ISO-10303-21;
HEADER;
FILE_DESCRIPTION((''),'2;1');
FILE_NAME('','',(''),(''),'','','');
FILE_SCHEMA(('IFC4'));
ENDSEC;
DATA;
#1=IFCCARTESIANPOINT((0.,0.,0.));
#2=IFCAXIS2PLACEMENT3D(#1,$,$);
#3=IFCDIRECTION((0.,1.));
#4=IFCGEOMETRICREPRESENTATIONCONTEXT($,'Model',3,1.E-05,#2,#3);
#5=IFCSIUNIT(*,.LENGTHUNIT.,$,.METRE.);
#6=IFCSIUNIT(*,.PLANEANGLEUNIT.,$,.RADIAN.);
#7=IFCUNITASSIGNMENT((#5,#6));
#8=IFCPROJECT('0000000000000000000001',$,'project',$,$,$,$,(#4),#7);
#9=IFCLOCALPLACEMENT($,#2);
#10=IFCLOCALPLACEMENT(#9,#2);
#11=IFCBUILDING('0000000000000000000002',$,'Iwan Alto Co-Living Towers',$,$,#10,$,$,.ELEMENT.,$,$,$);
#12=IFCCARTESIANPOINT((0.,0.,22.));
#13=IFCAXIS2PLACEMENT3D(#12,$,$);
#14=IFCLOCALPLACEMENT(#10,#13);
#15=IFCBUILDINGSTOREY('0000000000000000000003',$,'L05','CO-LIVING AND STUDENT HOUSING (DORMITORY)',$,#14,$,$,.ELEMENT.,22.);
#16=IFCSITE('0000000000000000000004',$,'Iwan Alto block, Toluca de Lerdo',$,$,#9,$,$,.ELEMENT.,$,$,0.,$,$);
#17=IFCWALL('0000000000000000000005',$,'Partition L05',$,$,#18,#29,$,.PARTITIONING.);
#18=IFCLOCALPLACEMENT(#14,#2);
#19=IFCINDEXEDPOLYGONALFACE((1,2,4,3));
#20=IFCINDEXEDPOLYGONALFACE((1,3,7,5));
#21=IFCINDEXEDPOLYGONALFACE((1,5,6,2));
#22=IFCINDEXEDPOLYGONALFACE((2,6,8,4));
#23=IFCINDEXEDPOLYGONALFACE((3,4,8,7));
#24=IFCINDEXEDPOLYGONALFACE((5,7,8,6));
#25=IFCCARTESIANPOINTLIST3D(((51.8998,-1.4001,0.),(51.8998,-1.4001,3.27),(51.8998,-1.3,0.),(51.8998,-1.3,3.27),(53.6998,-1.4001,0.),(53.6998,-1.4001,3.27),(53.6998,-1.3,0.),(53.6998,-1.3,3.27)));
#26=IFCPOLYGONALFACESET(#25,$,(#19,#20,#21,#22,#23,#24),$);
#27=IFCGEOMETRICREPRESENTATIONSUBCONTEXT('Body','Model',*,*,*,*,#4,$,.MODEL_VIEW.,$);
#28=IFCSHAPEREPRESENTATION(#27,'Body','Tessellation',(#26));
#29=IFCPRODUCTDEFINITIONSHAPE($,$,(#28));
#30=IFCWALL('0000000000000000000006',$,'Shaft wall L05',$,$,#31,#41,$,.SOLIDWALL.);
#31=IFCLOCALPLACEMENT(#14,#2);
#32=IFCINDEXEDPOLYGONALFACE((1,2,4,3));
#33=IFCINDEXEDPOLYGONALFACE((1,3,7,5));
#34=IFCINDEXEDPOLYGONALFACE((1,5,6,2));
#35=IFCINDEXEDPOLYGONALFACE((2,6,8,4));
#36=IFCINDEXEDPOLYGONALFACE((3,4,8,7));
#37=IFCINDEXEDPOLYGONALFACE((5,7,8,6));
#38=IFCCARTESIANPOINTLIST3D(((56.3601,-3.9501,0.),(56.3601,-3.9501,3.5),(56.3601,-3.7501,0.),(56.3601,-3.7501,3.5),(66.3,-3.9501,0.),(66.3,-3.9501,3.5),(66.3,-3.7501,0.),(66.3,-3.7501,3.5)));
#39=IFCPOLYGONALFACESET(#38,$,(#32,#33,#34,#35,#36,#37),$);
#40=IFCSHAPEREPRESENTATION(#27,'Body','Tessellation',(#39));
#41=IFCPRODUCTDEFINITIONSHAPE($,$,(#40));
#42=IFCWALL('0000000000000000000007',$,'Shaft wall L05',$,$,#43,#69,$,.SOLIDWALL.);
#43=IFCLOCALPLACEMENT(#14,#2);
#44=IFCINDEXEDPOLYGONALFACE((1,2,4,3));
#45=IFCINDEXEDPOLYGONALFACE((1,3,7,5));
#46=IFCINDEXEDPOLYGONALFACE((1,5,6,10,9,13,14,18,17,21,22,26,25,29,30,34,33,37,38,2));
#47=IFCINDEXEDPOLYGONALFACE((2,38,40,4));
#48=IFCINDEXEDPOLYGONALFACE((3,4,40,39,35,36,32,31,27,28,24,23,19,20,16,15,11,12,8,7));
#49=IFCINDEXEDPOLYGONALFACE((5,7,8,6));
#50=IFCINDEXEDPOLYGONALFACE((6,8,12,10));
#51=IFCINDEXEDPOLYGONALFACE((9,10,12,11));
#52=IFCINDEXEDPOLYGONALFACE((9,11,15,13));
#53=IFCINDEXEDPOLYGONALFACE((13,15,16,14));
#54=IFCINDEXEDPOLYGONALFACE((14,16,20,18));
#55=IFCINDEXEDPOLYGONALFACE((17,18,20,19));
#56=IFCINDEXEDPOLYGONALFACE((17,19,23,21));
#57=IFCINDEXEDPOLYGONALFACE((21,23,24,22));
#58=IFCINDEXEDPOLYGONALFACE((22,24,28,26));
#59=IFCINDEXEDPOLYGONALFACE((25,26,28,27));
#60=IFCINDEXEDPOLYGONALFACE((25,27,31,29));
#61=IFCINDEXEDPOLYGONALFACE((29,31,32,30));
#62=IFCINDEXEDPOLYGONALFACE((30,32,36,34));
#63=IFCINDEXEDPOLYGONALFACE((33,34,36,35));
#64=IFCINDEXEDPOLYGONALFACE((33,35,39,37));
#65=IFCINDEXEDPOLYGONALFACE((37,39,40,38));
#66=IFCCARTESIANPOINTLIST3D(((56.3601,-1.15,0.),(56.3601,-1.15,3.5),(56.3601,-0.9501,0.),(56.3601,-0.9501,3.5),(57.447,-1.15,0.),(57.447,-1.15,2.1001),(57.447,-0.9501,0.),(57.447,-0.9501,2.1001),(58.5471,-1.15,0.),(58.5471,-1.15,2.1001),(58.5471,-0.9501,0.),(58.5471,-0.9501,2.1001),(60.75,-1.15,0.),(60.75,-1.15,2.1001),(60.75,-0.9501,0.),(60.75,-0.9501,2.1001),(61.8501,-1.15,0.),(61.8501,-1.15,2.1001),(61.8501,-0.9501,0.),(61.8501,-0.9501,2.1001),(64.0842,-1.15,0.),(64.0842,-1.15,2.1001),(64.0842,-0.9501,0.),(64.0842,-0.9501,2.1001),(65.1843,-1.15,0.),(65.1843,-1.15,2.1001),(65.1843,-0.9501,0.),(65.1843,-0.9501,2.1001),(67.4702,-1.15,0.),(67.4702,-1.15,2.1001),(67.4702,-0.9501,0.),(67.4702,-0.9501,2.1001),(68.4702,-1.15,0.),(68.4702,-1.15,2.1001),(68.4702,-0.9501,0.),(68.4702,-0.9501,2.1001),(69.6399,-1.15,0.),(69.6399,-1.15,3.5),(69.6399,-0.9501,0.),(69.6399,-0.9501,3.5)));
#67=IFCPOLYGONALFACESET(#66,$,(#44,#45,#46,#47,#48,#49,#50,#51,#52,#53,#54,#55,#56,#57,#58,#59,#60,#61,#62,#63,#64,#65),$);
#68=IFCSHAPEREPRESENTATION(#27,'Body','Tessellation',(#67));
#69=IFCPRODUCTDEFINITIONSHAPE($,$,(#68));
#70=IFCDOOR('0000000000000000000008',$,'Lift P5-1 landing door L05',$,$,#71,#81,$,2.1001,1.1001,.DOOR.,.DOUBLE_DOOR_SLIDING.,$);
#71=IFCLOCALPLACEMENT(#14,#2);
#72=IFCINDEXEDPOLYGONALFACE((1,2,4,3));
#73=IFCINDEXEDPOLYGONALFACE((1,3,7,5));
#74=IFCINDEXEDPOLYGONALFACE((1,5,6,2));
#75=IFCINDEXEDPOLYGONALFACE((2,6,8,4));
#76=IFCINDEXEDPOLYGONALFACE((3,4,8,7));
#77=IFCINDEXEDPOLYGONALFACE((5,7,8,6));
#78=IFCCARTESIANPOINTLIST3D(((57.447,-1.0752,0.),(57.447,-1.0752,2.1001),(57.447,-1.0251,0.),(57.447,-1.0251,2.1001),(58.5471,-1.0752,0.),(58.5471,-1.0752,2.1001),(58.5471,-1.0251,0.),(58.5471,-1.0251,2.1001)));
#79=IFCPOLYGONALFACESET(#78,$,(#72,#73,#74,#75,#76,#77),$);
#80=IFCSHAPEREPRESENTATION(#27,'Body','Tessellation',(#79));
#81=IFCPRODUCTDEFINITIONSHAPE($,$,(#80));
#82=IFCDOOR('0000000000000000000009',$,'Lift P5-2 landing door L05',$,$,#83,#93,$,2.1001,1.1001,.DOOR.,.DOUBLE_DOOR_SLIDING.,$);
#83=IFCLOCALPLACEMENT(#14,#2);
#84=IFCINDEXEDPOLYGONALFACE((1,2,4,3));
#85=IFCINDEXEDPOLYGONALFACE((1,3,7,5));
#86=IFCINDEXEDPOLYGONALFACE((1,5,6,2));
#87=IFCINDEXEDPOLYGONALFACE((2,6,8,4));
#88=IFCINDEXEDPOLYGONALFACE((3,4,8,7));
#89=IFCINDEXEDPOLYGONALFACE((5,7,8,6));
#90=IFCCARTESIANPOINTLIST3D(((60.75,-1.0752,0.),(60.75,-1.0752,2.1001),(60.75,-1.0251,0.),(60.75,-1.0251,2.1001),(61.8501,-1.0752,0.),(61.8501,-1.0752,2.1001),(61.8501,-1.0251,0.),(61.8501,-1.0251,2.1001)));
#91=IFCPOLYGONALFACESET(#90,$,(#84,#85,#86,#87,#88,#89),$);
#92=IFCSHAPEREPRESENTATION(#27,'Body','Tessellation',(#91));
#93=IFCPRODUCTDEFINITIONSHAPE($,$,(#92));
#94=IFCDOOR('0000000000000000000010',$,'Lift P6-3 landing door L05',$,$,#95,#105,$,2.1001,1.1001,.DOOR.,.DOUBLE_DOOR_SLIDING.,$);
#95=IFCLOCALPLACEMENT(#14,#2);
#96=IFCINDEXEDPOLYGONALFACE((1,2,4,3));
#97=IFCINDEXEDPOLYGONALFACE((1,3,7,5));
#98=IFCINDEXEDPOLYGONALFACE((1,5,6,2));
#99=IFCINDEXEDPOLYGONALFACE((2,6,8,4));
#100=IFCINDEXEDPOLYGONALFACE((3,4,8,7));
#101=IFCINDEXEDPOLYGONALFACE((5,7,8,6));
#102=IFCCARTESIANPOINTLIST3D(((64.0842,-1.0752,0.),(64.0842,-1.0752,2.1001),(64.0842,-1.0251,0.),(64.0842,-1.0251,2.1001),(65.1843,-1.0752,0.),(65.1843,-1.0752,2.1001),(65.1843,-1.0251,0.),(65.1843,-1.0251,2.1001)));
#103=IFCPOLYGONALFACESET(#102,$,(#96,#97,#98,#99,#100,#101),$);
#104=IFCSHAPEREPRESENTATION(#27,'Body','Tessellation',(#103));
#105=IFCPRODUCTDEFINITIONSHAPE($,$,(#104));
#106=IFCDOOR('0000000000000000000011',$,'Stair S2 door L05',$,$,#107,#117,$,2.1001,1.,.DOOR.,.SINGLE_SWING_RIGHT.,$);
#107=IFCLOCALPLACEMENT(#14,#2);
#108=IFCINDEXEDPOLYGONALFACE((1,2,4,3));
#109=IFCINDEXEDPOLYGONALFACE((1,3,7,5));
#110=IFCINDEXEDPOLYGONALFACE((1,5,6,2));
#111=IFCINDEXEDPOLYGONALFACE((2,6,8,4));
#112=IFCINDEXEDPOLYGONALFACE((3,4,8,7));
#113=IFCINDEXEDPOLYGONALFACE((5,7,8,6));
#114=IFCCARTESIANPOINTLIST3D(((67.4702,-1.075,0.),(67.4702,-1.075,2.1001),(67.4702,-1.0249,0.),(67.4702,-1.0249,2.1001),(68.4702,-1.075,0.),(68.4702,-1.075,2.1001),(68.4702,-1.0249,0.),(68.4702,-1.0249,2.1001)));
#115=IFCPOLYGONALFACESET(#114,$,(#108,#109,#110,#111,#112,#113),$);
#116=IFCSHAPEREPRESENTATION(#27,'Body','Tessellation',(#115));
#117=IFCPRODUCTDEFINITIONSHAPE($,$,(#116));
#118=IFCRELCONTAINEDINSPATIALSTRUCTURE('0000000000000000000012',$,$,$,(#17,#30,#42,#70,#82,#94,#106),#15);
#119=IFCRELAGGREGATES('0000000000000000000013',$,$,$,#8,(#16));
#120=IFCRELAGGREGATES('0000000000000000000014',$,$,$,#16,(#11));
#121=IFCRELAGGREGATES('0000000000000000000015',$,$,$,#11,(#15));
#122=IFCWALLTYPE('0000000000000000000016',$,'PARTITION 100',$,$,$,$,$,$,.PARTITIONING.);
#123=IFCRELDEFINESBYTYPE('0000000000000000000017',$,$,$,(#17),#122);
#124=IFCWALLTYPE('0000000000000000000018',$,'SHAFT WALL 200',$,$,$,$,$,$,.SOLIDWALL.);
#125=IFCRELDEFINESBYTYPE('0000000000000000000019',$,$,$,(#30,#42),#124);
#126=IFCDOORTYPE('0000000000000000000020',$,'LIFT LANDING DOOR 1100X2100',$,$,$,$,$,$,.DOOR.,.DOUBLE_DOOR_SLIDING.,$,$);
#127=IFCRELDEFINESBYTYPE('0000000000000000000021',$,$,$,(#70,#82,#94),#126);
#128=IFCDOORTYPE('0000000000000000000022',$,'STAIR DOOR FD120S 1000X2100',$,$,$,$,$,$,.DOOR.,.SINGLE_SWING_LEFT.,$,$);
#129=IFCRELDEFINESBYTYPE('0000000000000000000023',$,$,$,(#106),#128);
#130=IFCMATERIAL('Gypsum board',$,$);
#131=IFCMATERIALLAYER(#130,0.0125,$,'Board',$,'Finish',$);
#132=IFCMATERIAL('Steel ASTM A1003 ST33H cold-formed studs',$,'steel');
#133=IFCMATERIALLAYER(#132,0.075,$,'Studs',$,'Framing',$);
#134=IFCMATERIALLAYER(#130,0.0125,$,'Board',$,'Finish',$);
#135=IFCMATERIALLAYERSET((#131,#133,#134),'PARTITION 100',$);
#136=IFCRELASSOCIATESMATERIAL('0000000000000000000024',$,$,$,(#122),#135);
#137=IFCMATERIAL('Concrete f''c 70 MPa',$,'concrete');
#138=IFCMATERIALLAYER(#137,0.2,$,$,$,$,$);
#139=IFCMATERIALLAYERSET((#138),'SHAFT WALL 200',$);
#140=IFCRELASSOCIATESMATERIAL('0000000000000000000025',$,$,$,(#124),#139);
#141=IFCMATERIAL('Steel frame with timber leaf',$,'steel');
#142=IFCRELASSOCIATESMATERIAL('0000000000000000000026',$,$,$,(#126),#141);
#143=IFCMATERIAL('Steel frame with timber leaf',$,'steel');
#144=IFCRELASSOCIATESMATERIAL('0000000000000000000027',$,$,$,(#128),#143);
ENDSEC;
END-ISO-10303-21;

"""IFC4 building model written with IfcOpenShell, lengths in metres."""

from ifc_helpers import new_model, si_unit, direction, frame, frame_2d, origin, place, context, subcontext, project, spatial, rectangle, extrude, material, layer, layer_set, type_object, element, fill, save


model = new_model("IFC4")

# Units and contexts
model_context = context("Model", 3, precision=1e-05, world=origin(), true_north=direction((0.0, 1.0)))
body_context = subcontext(model_context, "Body", "Model", "MODEL_VIEW")
ifc_project = project(units=[si_unit("LENGTHUNIT", "METRE"), si_unit("PLANEANGLEUNIT", "RADIAN")], contexts=[model_context])

# Site, building, storey
site_placement = place(None, origin())
site = spatial("IfcSite", under=ifc_project, at=site_placement, Name="Iwan Alto block, Toluca de Lerdo", CompositionType="ELEMENT", RefElevation=0.0)
building_placement = place(site_placement, origin())
building = spatial("IfcBuilding", under=site, at=building_placement, Name="Iwan Alto Co-Living Towers", CompositionType="ELEMENT")
storey_placement = place(building_placement, frame((0.0, 0.0, 22.0)))
storey = spatial("IfcBuildingStorey", under=building, at=storey_placement, Name="L05", Description="CO-LIVING AND STUDENT HOUSING (DORMITORY)", CompositionType="ELEMENT", Elevation=22.0)

# Walls
ifc_material_1 = material(Name="Gypsum board")
ifc_layer_1 = layer(ifc_material_1, 0.0125, Name="Board", Category="Finish")
ifc_material_2 = material(Name="Steel ASTM A1003 ST33H cold-formed studs", Category="steel")
ifc_layer_2 = layer(ifc_material_2, 0.075, Name="Studs", Category="Framing")
ifc_layer_3 = layer(ifc_material_1, 0.0125, Name="Board", Category="Finish")
ifc_layer_set_1 = layer_set([ifc_layer_1, ifc_layer_2, ifc_layer_3], Name="PARTITION 100")
wall_type_1 = type_object("IfcWallType", Name="PARTITION 100", PredefinedType="PARTITIONING", material=ifc_layer_set_1)
wall_1_placement = place(storey_placement, frame((51.8999, -1.3501, 0.0), z_axis=(0.0, 0.0, 1.0), x_axis=(1.0, 0.0, 0.0)))
element("IfcWall", 1, at=wall_1_placement, inside=storey, type_object=wall_type_1, Name="Partition L05", PredefinedType="PARTITIONING", context=body_context, shape_type="SweptSolid", body=[
    extrude(rectangle(XDim=1.8, YDim=0.1001, at=frame_2d((0.8999, 0.0))), origin(), (0.0, 0.0, 1.0), 3.27),
])
ifc_material_3 = material(Name="Concrete f'c 70 MPa", Category="concrete")
ifc_layer_4 = layer(ifc_material_3, 0.2)
ifc_layer_set_2 = layer_set([ifc_layer_4], Name="SHAFT WALL 200")
wall_type_2 = type_object("IfcWallType", Name="SHAFT WALL 200", PredefinedType="SOLIDWALL", material=ifc_layer_set_2)
wall_2_placement = place(storey_placement, frame((56.3601, -3.8501, 0.0), z_axis=(0.0, 0.0, 1.0), x_axis=(1.0, 0.0, 0.0)))
element("IfcWall", 2, at=wall_2_placement, inside=storey, type_object=wall_type_2, Name="Shaft wall L05", PredefinedType="SOLIDWALL", context=body_context, shape_type="SweptSolid", body=[
    extrude(rectangle(XDim=9.9399, YDim=0.2, at=frame_2d((4.97, 0.0))), origin(), (0.0, 0.0, 1.0), 3.5),
])

# Wall, openings, doors
wall_3_placement = place(storey_placement, frame((56.3601, -1.05, 0.0), z_axis=(0.0, 0.0, 1.0), x_axis=(1.0, 0.0, 0.0)))
wall_3 = element("IfcWall", 3, at=wall_3_placement, inside=storey, type_object=wall_type_2, Name="Shaft wall L05", PredefinedType="SOLIDWALL", context=body_context, shape_type="SweptSolid", body=[
    extrude(rectangle(XDim=13.2798, YDim=0.2, at=frame_2d((6.6399, 0.0))), origin(), (0.0, 0.0, 1.0), 3.5),
])
opening_1_placement = place(wall_3_placement, frame((11.1101, 0.0, 0.0)))
opening_1 = element("IfcOpeningElement", 4, at=opening_1_placement, cuts=wall_3, PredefinedType="OPENING", context=body_context, shape_type="SweptSolid", body=[
    extrude(rectangle(XDim=1.0, YDim=2.1001, at=frame_2d((0.5, 1.05))), frame((0.0, 0.1099, 0.0), z_axis=(0.0, -1.0, 0.0), x_axis=(1.0, 0.0, 0.0)), (0.0, 0.0, 1.0), 0.22),
])
opening_2_placement = place(wall_3_placement, frame((1.0869, 0.0, 0.0)))
opening_2 = element("IfcOpeningElement", 5, at=opening_2_placement, cuts=wall_3, PredefinedType="OPENING", context=body_context, shape_type="SweptSolid", body=[
    extrude(rectangle(XDim=1.1001, YDim=2.1001, at=frame_2d((0.55, 1.05))), frame((0.0, 0.1099, 0.0), z_axis=(0.0, -1.0, 0.0), x_axis=(1.0, 0.0, 0.0)), (0.0, 0.0, 1.0), 0.22),
])
opening_3_placement = place(wall_3_placement, frame((4.3899, 0.0, 0.0)))
opening_3 = element("IfcOpeningElement", 6, at=opening_3_placement, cuts=wall_3, PredefinedType="OPENING", context=body_context, shape_type="SweptSolid", body=[
    extrude(rectangle(XDim=1.1001, YDim=2.1001, at=frame_2d((0.55, 1.05))), frame((0.0, 0.1099, 0.0), z_axis=(0.0, -1.0, 0.0), x_axis=(1.0, 0.0, 0.0)), (0.0, 0.0, 1.0), 0.22),
])
opening_4_placement = place(wall_3_placement, frame((7.7241, 0.0, 0.0)))
opening_4 = element("IfcOpeningElement", 7, at=opening_4_placement, cuts=wall_3, PredefinedType="OPENING", context=body_context, shape_type="SweptSolid", body=[
    extrude(rectangle(XDim=1.1001, YDim=2.1001, at=frame_2d((0.55, 1.05))), frame((0.0, 0.1099, 0.0), z_axis=(0.0, -1.0, 0.0), x_axis=(1.0, 0.0, 0.0)), (0.0, 0.0, 1.0), 0.22),
])
ifc_material_4 = material(Name="Steel frame with timber leaf", Category="steel")
door_type_1 = type_object("IfcDoorType", Name="LIFT LANDING DOOR 1100X2100", OperationType="DOUBLE_DOOR_SLIDING", PredefinedType="DOOR", material=ifc_material_4)
door_1_placement = place(opening_2_placement, origin())
door_1 = element("IfcDoor", 8, at=door_1_placement, inside=storey, type_object=door_type_1, Name="Lift P5-1 landing door L05", OperationType="DOUBLE_DOOR_SLIDING", OverallHeight=2.1001, OverallWidth=1.1001, PredefinedType="DOOR", context=body_context, shape_type="SweptSolid", body=[
    extrude(rectangle(XDim=1.1001, YDim=2.1001, at=frame_2d((0.55, 1.05))), frame((0.0, 0.0249, 0.0), z_axis=(0.0, -1.0, 0.0), x_axis=(1.0, 0.0, 0.0)), (0.0, 0.0, 1.0), 0.05),
])
fill(opening_2, door_1)
door_2_placement = place(opening_3_placement, origin())
door_2 = element("IfcDoor", 9, at=door_2_placement, inside=storey, type_object=door_type_1, Name="Lift P5-2 landing door L05", OperationType="DOUBLE_DOOR_SLIDING", OverallHeight=2.1001, OverallWidth=1.1001, PredefinedType="DOOR", context=body_context, shape_type="SweptSolid", body=[
    extrude(rectangle(XDim=1.1001, YDim=2.1001, at=frame_2d((0.55, 1.05))), frame((0.0, 0.0249, 0.0), z_axis=(0.0, -1.0, 0.0), x_axis=(1.0, 0.0, 0.0)), (0.0, 0.0, 1.0), 0.05),
])
fill(opening_3, door_2)
door_3_placement = place(opening_4_placement, origin())
door_3 = element("IfcDoor", 10, at=door_3_placement, inside=storey, type_object=door_type_1, Name="Lift P6-3 landing door L05", OperationType="DOUBLE_DOOR_SLIDING", OverallHeight=2.1001, OverallWidth=1.1001, PredefinedType="DOOR", context=body_context, shape_type="SweptSolid", body=[
    extrude(rectangle(XDim=1.1001, YDim=2.1001, at=frame_2d((0.55, 1.05))), frame((0.0, 0.0249, 0.0), z_axis=(0.0, -1.0, 0.0), x_axis=(1.0, 0.0, 0.0)), (0.0, 0.0, 1.0), 0.05),
])
fill(opening_4, door_3)
ifc_material_5 = material(Name="Steel frame with timber leaf", Category="steel")
door_type_2 = type_object("IfcDoorType", Name="STAIR DOOR FD120S 1000X2100", OperationType="SINGLE_SWING_LEFT", PredefinedType="DOOR", material=ifc_material_5)
door_4_placement = place(opening_1_placement, frame((1.0, 0.0, 0.0), z_axis=(0.0, 0.0, 1.0), x_axis=(-1.0, 0.0, 0.0)))
door_4 = element("IfcDoor", 11, at=door_4_placement, inside=storey, type_object=door_type_2, Name="Stair S2 door L05", OperationType="SINGLE_SWING_RIGHT", OverallHeight=2.1001, OverallWidth=1.0, PredefinedType="DOOR", context=body_context, shape_type="SweptSolid", body=[
    extrude(rectangle(XDim=1.0, YDim=2.1001, at=frame_2d((0.5, 1.05))), frame((0.0, 0.0249, 0.0), z_axis=(0.0, -1.0, 0.0), x_axis=(1.0, 0.0, 0.0)), (0.0, 0.0, 1.0), 0.05),
])
fill(opening_1, door_4)

save(model, "model.ifc")
